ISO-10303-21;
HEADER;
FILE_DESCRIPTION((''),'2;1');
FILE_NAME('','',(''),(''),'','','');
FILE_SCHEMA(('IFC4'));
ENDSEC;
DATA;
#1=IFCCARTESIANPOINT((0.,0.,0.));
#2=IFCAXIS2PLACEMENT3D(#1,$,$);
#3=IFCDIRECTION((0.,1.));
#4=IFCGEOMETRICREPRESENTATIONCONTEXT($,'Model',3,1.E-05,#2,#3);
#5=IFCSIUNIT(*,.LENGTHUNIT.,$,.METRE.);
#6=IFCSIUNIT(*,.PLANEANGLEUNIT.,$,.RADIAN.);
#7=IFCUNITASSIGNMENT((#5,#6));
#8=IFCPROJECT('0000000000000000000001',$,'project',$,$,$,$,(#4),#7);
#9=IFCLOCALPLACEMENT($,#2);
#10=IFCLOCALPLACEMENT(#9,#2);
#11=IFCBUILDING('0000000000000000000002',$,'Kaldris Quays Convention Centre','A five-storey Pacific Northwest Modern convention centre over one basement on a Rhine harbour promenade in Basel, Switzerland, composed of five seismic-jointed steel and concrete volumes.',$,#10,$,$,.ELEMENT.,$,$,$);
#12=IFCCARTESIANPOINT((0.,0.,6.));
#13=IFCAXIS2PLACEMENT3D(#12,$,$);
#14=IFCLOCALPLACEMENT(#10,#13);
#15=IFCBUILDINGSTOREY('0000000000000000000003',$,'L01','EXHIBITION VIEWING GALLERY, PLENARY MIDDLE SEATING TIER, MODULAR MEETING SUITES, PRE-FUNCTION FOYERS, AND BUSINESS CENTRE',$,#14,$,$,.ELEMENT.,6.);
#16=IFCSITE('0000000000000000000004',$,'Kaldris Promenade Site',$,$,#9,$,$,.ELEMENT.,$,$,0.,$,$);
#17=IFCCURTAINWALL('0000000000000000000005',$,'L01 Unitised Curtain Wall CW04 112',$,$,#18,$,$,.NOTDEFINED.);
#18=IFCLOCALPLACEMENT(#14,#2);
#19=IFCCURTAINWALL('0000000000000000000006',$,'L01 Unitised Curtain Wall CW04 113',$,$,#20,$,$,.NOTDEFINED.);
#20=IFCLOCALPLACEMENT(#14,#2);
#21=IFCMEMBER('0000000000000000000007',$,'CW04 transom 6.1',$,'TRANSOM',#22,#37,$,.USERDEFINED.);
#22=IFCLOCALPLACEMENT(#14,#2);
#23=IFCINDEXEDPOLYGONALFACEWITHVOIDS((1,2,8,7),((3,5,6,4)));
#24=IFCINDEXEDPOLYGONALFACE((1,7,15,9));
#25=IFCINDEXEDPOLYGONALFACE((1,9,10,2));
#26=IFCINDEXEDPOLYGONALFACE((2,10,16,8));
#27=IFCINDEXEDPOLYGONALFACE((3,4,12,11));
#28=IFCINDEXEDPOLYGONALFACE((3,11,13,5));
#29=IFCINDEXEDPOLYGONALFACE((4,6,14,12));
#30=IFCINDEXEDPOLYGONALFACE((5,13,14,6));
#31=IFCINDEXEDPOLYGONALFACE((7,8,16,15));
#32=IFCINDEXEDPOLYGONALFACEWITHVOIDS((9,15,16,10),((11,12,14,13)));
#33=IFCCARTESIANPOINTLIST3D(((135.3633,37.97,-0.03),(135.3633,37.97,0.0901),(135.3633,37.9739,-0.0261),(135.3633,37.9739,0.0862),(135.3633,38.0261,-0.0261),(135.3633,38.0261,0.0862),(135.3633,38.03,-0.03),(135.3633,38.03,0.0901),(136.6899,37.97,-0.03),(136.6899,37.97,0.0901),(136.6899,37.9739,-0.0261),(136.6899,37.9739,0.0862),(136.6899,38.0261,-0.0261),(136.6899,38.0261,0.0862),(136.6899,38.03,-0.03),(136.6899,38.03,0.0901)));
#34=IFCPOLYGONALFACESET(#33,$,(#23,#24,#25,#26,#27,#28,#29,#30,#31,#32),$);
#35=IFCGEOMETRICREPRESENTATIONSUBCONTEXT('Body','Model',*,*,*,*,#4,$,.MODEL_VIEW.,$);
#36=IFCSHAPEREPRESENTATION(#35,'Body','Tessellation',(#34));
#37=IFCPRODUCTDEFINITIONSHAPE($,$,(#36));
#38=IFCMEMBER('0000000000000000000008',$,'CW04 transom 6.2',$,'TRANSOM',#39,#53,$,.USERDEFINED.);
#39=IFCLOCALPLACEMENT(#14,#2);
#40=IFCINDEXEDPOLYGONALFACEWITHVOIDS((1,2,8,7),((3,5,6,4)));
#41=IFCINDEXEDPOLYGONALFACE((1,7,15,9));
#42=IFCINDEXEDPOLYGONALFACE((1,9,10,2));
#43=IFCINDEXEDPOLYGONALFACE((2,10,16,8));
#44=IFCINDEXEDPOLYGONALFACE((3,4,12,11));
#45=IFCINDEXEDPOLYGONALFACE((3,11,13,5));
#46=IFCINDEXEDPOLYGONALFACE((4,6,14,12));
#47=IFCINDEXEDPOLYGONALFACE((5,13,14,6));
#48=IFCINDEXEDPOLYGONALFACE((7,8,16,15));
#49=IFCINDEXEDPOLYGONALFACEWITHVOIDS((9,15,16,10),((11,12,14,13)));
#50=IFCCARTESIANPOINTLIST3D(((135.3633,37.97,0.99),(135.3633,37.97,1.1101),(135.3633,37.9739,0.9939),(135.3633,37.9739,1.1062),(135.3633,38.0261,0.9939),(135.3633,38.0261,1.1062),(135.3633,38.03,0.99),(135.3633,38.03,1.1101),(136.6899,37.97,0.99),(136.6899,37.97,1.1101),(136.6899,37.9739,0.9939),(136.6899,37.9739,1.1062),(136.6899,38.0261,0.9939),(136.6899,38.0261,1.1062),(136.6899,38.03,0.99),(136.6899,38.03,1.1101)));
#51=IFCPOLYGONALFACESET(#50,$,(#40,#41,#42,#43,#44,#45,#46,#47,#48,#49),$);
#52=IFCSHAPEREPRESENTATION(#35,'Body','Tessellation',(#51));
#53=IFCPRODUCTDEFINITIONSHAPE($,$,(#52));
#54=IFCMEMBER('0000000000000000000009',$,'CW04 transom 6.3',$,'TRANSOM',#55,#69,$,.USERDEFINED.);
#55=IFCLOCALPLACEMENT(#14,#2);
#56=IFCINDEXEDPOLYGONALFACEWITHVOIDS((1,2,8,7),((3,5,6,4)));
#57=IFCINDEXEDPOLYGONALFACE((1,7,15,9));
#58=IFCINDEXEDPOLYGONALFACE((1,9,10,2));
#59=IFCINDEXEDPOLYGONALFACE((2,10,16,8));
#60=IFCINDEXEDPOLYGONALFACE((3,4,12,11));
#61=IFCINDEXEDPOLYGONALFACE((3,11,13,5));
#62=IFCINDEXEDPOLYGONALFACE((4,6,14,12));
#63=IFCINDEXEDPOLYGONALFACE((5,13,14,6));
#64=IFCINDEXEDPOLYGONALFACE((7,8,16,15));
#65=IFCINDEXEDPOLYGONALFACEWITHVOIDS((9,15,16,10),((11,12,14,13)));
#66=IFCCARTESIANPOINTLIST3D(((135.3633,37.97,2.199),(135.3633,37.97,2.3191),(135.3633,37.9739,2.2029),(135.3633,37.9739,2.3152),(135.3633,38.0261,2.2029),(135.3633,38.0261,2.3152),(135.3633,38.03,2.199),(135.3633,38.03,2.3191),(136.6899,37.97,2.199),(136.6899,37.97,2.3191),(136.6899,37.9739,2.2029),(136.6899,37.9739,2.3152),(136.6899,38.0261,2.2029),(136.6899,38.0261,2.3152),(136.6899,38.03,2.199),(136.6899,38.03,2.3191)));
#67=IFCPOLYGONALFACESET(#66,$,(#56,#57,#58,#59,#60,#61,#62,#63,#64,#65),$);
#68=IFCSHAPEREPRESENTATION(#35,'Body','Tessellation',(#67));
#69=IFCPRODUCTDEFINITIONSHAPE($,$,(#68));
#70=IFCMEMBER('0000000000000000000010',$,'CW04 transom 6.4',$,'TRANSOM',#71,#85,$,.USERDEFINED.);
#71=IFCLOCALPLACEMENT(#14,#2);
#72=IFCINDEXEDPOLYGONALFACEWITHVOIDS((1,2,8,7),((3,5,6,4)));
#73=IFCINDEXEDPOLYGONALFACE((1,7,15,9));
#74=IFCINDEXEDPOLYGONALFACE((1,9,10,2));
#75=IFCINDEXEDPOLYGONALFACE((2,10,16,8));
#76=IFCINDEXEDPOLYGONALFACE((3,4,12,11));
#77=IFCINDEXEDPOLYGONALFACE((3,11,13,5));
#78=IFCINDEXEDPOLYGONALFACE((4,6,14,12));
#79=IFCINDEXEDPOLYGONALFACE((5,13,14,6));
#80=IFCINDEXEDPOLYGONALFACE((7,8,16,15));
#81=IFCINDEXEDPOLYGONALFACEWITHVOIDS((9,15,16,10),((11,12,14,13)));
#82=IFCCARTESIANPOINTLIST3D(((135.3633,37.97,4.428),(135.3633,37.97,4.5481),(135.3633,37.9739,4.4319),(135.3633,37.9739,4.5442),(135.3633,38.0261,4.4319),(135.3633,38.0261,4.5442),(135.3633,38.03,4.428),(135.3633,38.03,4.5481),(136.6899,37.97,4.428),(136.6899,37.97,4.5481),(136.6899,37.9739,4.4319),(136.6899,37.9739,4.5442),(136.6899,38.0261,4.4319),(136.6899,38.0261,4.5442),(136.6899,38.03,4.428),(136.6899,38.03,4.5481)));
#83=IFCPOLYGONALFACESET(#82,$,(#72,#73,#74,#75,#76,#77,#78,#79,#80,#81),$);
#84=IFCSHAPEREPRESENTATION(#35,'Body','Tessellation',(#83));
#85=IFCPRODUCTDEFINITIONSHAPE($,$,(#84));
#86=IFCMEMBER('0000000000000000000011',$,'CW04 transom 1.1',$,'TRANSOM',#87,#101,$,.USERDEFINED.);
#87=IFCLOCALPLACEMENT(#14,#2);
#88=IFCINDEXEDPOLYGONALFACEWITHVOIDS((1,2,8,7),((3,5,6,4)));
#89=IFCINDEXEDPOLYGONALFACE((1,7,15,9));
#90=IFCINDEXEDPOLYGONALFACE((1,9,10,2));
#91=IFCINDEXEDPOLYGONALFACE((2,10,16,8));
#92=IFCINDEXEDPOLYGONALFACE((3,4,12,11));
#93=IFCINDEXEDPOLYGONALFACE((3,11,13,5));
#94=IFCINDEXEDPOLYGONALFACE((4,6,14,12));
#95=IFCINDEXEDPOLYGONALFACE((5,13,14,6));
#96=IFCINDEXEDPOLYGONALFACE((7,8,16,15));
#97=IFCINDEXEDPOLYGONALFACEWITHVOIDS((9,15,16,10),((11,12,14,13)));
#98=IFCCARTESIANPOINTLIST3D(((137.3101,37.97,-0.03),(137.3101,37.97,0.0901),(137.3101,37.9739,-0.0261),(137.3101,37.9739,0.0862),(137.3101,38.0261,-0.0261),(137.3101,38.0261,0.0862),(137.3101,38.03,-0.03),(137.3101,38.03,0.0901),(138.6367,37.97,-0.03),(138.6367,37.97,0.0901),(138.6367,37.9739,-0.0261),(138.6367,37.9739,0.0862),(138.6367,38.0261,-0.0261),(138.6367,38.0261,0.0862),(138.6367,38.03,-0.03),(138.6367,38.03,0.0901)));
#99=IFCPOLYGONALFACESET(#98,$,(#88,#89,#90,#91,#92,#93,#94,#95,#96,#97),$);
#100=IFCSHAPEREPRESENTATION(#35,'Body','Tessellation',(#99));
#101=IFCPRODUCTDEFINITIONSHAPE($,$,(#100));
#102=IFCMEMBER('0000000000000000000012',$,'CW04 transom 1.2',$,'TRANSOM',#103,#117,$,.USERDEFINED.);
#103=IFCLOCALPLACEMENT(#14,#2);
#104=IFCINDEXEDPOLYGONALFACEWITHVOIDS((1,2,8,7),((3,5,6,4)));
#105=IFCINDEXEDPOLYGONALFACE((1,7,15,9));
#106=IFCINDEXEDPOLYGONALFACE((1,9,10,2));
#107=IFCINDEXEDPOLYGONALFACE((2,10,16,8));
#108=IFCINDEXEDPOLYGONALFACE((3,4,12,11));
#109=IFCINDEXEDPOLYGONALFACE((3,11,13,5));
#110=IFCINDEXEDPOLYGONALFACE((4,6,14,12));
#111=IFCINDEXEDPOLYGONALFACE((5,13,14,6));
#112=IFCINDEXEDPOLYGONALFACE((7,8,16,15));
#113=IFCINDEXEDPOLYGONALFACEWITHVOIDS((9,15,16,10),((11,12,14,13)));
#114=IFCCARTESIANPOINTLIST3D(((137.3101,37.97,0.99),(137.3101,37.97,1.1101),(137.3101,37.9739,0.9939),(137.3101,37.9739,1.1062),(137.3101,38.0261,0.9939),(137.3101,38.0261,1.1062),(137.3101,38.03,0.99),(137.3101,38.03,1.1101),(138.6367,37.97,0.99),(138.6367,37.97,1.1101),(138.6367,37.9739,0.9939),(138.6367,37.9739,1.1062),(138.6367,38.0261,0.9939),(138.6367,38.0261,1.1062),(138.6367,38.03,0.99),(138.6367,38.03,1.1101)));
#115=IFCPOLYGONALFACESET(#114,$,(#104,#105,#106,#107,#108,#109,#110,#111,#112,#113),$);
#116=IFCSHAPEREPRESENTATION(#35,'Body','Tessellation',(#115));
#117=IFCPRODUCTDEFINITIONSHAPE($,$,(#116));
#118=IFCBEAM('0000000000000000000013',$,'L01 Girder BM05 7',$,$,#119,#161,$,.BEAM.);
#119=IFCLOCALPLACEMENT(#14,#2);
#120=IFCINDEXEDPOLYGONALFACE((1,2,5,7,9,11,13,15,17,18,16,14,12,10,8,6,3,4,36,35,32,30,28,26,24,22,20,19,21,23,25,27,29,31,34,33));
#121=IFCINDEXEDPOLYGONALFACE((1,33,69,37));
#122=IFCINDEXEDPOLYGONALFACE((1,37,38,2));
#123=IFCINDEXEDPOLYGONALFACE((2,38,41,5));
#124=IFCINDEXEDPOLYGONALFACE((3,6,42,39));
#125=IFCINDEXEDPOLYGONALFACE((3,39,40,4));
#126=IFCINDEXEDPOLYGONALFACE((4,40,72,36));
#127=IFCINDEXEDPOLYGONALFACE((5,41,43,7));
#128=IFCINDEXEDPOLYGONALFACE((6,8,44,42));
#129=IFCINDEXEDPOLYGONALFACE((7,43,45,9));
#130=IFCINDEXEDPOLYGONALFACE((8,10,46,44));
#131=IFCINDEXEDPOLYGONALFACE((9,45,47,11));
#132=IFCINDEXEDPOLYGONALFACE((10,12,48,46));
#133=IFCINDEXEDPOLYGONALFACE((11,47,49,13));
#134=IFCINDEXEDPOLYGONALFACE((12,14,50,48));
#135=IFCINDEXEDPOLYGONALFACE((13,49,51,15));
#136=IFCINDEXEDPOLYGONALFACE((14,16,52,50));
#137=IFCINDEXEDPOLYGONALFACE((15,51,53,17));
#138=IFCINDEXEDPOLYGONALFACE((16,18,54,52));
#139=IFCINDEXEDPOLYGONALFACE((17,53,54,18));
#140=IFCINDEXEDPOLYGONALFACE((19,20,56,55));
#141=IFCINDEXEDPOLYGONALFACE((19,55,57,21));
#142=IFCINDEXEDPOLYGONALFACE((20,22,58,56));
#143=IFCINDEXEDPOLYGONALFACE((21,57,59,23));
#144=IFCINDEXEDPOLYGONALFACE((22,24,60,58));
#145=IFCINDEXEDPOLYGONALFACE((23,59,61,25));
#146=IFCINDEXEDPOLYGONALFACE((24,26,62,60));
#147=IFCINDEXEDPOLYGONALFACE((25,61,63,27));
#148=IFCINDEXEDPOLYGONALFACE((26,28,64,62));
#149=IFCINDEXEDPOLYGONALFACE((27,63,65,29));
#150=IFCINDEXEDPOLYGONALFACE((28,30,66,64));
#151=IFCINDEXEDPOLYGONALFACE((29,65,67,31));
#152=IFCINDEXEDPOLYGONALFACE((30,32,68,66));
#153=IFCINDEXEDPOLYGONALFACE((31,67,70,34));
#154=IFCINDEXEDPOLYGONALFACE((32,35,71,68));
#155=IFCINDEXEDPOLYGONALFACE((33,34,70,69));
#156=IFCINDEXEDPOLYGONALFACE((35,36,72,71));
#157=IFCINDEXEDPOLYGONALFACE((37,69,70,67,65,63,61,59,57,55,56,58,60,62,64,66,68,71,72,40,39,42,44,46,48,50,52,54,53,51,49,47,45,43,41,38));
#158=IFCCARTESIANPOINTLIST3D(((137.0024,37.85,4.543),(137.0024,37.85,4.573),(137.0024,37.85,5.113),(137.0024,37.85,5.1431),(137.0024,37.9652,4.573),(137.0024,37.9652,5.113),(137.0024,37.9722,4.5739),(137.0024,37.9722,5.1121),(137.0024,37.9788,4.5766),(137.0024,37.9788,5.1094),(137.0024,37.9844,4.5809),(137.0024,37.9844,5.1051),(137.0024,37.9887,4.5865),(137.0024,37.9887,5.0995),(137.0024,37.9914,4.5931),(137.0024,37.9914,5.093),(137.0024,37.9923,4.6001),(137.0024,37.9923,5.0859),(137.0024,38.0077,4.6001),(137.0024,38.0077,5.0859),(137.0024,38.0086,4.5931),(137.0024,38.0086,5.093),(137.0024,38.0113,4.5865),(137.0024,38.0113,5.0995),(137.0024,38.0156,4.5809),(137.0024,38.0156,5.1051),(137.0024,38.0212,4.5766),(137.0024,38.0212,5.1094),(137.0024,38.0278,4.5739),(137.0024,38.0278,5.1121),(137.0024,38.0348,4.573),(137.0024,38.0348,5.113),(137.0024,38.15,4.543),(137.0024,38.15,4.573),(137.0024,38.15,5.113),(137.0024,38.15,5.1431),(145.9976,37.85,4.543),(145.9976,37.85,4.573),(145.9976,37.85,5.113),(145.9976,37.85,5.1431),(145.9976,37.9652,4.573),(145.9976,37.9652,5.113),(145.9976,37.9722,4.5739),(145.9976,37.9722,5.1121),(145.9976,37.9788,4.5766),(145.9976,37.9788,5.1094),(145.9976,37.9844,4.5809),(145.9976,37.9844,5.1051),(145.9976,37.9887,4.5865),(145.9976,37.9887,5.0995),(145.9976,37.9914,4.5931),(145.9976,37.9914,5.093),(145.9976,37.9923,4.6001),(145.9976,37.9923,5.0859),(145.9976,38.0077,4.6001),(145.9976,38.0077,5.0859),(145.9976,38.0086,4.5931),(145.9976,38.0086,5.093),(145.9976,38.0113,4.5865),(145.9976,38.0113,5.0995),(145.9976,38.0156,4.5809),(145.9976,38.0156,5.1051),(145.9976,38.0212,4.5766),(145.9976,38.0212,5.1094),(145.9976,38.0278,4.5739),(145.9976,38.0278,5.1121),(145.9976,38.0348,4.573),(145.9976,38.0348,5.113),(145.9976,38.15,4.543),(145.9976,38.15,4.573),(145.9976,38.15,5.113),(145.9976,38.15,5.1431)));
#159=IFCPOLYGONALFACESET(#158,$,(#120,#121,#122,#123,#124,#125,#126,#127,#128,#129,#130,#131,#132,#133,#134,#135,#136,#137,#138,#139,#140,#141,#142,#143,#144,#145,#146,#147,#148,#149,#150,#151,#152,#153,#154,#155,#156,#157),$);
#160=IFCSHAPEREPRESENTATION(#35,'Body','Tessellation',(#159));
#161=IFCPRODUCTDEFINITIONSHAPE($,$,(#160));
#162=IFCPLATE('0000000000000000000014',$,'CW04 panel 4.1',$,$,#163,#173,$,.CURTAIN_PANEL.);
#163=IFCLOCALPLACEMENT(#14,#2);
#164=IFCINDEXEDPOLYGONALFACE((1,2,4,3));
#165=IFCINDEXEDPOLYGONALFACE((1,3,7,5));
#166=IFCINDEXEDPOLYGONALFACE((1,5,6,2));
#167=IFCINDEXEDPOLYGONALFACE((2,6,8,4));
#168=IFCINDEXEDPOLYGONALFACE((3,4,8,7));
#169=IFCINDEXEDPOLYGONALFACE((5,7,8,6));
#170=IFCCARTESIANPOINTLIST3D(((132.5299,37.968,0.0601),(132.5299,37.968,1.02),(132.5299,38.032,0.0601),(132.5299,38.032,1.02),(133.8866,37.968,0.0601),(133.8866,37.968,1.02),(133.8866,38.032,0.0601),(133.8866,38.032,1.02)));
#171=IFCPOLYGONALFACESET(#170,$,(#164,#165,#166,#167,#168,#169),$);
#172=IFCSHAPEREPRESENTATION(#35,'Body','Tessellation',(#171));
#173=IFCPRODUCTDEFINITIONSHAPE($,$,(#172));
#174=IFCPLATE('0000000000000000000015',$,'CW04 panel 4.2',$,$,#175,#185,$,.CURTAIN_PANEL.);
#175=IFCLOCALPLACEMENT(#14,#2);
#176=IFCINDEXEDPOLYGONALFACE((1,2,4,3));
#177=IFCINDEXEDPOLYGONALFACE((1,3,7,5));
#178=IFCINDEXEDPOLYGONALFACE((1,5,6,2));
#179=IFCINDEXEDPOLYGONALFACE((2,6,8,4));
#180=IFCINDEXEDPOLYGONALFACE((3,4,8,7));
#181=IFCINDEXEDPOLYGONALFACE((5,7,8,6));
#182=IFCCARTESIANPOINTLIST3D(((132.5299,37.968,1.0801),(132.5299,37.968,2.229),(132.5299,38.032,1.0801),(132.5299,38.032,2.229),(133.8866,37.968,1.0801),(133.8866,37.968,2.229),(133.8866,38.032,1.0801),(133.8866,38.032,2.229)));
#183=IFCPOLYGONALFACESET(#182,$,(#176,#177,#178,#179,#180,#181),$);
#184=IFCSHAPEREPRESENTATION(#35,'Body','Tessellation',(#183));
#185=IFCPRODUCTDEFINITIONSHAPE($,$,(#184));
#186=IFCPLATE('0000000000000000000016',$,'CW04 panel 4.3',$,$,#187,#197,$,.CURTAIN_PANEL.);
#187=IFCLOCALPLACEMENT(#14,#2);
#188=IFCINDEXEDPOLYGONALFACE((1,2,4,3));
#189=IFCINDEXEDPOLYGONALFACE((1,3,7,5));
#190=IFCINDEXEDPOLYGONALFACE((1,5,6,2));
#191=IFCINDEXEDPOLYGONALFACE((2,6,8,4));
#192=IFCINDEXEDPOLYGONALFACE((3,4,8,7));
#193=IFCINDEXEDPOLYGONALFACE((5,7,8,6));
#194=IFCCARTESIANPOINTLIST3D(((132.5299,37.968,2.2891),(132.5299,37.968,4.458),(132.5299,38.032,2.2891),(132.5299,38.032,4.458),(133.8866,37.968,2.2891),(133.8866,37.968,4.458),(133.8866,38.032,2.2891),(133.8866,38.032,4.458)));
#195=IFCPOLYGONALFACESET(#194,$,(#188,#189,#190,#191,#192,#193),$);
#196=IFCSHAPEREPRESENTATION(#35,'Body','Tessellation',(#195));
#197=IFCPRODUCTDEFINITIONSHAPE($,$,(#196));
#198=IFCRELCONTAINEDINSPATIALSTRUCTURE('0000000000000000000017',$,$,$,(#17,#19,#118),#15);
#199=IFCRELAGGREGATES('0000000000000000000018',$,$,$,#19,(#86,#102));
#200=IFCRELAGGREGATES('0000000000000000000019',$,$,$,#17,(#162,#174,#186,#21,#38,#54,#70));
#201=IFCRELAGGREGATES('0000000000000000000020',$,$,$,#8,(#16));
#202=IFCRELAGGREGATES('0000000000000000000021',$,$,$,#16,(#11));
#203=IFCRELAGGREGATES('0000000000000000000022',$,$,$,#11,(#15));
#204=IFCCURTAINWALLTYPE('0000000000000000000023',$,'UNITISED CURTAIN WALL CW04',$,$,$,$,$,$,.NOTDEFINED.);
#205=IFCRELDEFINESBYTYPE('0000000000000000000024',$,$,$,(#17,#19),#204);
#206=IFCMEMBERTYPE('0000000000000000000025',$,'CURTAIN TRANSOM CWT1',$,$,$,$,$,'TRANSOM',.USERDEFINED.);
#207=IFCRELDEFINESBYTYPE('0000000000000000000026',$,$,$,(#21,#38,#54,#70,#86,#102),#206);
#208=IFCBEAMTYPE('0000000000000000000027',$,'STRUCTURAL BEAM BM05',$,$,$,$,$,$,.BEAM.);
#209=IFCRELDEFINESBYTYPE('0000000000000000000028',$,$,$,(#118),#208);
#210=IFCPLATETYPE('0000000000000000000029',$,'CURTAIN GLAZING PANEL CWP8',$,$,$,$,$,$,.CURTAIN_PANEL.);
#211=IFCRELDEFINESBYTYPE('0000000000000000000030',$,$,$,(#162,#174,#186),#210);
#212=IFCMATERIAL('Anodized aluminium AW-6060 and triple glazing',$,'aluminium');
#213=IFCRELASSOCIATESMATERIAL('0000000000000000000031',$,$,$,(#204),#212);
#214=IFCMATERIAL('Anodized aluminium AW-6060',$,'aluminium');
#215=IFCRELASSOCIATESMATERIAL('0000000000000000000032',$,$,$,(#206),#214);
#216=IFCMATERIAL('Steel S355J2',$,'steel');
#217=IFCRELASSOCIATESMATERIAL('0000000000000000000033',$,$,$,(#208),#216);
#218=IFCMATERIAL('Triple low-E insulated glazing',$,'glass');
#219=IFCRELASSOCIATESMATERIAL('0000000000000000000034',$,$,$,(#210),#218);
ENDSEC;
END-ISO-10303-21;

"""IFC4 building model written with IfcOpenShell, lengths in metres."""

from ifc_helpers import new_model, si_unit, direction, frame, origin, origin_2d, place, context, subcontext, project, spatial, rectangle, hollow_rectangle, i_section, extrude, material, material_profile, profile_set, type_object, element, aggregate, save


model = new_model("IFC4")

# Units and contexts
model_context = context("Model", 3, precision=1e-05, world=origin(), true_north=direction((0.0, 1.0)))
body_context = subcontext(model_context, "Body", "Model", "MODEL_VIEW")
ifc_project = project(units=[si_unit("LENGTHUNIT", "METRE"), si_unit("PLANEANGLEUNIT", "RADIAN")], contexts=[model_context])

# Site, building, storey
site_placement = place(None, origin())
site = spatial("IfcSite", under=ifc_project, at=site_placement, Name="Kaldris Promenade Site", CompositionType="ELEMENT", RefElevation=0.0)
building_placement = place(site_placement, origin())
building = spatial("IfcBuilding", under=site, at=building_placement, Name="Kaldris Quays Convention Centre", Description="A five-storey Pacific Northwest Modern convention centre over one basement on a Rhine harbour promenade in Basel, Switzerland, composed of five seismic-jointed steel and concrete volumes.", CompositionType="ELEMENT")
storey_placement = place(building_placement, frame((0.0, 0.0, 6.0)))
storey = spatial("IfcBuildingStorey", under=building, at=storey_placement, Name="L01", Description="EXHIBITION VIEWING GALLERY, PLENARY MIDDLE SEATING TIER, MODULAR MEETING SUITES, PRE-FUNCTION FOYERS, AND BUSINESS CENTRE", CompositionType="ELEMENT", Elevation=6.0)

# Shared definitions
ifc_material_1 = material(Name="Steel S355J2", Category="steel")

# Curtain wall
ifc_material_2 = material(Name="Anodized aluminium AW-6060 and triple glazing", Category="aluminium")
curtain_wall_type = type_object("IfcCurtainWallType", Name="UNITISED CURTAIN WALL CW04", PredefinedType="NOTDEFINED", material=ifc_material_2)
curtain_wall_1_placement = place(storey_placement, origin())
curtain_wall_1 = element("IfcCurtainWall", 1, at=curtain_wall_1_placement, inside=storey, type_object=curtain_wall_type, Name="L01 Unitised Curtain Wall CW04 112", PredefinedType="NOTDEFINED")
ifc_material_3 = material(Name="Anodized aluminium AW-6060", Category="aluminium")

# Curtain wall
curtain_wall_2_placement = place(storey_placement, origin())
curtain_wall_2 = element("IfcCurtainWall", 2, at=curtain_wall_2_placement, inside=storey, type_object=curtain_wall_type, Name="L01 Unitised Curtain Wall CW04 113", PredefinedType="NOTDEFINED")

# Members
ifc_material_profile_1 = material_profile(ifc_material_3, hollow_rectangle(XDim=0.0601, YDim=0.1201, WallThickness=0.0039, at=origin_2d()), Name="RHS 120x60x4")
ifc_profile_set_1 = profile_set([ifc_material_profile_1], Name="Anodized aluminium AW-6060")
member_type_1 = type_object("IfcMemberType", Name="CURTAIN TRANSOM CWT1", ElementType="TRANSOM", PredefinedType="USERDEFINED", material=ifc_profile_set_1)
member_1_placement = place(storey_placement, frame((135.3633, 38.0, 0.03), z_axis=(1.0, 0.0, 0.0), x_axis=(0.0, 1.0, 0.0)))
member_1 = element("IfcMember", 3, at=member_1_placement, type_object=member_type_1, Name="CW04 transom 6.1", ObjectType="TRANSOM", PredefinedType="USERDEFINED", context=body_context, shape_type="SweptSolid", body=[
    extrude(hollow_rectangle(XDim=0.0601, YDim=0.1201, WallThickness=0.0039, at=origin_2d()), origin(), (0.0, 0.0, 1.0), 1.3267),
])
member_2_placement = place(storey_placement, frame((135.3633, 38.0, 1.05), z_axis=(1.0, 0.0, 0.0), x_axis=(0.0, 1.0, 0.0)))
member_2 = element("IfcMember", 4, at=member_2_placement, type_object=member_type_1, Name="CW04 transom 6.2", ObjectType="TRANSOM", PredefinedType="USERDEFINED", context=body_context, shape_type="SweptSolid", body=[
    extrude(hollow_rectangle(XDim=0.0601, YDim=0.1201, WallThickness=0.0039, at=origin_2d()), origin(), (0.0, 0.0, 1.0), 1.3267),
])
member_3_placement = place(storey_placement, frame((135.3633, 38.0, 2.259), z_axis=(1.0, 0.0, 0.0), x_axis=(0.0, 1.0, 0.0)))
member_3 = element("IfcMember", 5, at=member_3_placement, type_object=member_type_1, Name="CW04 transom 6.3", ObjectType="TRANSOM", PredefinedType="USERDEFINED", context=body_context, shape_type="SweptSolid", body=[
    extrude(hollow_rectangle(XDim=0.0601, YDim=0.1201, WallThickness=0.0039, at=origin_2d()), origin(), (0.0, 0.0, 1.0), 1.3267),
])
member_4_placement = place(storey_placement, frame((135.3633, 38.0, 4.488), z_axis=(1.0, 0.0, 0.0), x_axis=(0.0, 1.0, 0.0)))
member_4 = element("IfcMember", 6, at=member_4_placement, type_object=member_type_1, Name="CW04 transom 6.4", ObjectType="TRANSOM", PredefinedType="USERDEFINED", context=body_context, shape_type="SweptSolid", body=[
    extrude(hollow_rectangle(XDim=0.0601, YDim=0.1201, WallThickness=0.0039, at=origin_2d()), origin(), (0.0, 0.0, 1.0), 1.3267),
])
member_5_placement = place(storey_placement, frame((137.3101, 38.0, 0.03), z_axis=(1.0, 0.0, 0.0), x_axis=(0.0, 1.0, 0.0)))
member_5 = element("IfcMember", 7, at=member_5_placement, type_object=member_type_1, Name="CW04 transom 1.1", ObjectType="TRANSOM", PredefinedType="USERDEFINED", context=body_context, shape_type="SweptSolid", body=[
    extrude(hollow_rectangle(XDim=0.0601, YDim=0.1201, WallThickness=0.0039, at=origin_2d()), origin(), (0.0, 0.0, 1.0), 1.3267),
])
member_6_placement = place(storey_placement, frame((137.3101, 38.0, 1.05), z_axis=(1.0, 0.0, 0.0), x_axis=(0.0, 1.0, 0.0)))
member_6 = element("IfcMember", 8, at=member_6_placement, type_object=member_type_1, Name="CW04 transom 1.2", ObjectType="TRANSOM", PredefinedType="USERDEFINED", context=body_context, shape_type="SweptSolid", body=[
    extrude(hollow_rectangle(XDim=0.0601, YDim=0.1201, WallThickness=0.0039, at=origin_2d()), origin(), (0.0, 0.0, 1.0), 1.3267),
])
aggregate(curtain_wall_2, [member_5, member_6])

# Beam
ifc_material_profile_2 = material_profile(ifc_material_1, i_section(OverallWidth=0.3, OverallDepth=0.6001, WebThickness=0.0154, FlangeThickness=0.03, FilletRadius=0.0271, at=origin_2d()), Name="HEB 600")
ifc_profile_set_2 = profile_set([ifc_material_profile_2], Name="Steel S355J2")
beam_type = type_object("IfcBeamType", Name="STRUCTURAL BEAM BM05", PredefinedType="BEAM", material=ifc_profile_set_2)
beam_placement = place(storey_placement, frame((137.0024, 38.0, 4.843), z_axis=(1.0, 0.0, 0.0), x_axis=(0.0, 1.0, 0.0)))
element("IfcBeam", 9, at=beam_placement, inside=storey, type_object=beam_type, Name="L01 Girder BM05 7", PredefinedType="BEAM", context=body_context, shape_type="SweptSolid", body=[
    extrude(i_section(OverallWidth=0.3, OverallDepth=0.6001, WebThickness=0.0154, FlangeThickness=0.03, FilletRadius=0.0271, at=origin_2d()), origin(), (0.0, 0.0, 1.0), 8.9951),
])

# Plates
ifc_material_4 = material(Name="Triple low-E insulated glazing", Category="glass")
plate_type = type_object("IfcPlateType", Name="CURTAIN GLAZING PANEL CWP8", PredefinedType="CURTAIN_PANEL", material=ifc_material_4)
plate_1_placement = place(storey_placement, frame((133.2083, 38.0, 0.0601), z_axis=(0.0, 0.0, 1.0), x_axis=(1.0, 0.0, 0.0)))
plate_1 = element("IfcPlate", 10, at=plate_1_placement, type_object=plate_type, Name="CW04 panel 4.1", PredefinedType="CURTAIN_PANEL", context=body_context, shape_type="SweptSolid", body=[
    extrude(rectangle(XDim=1.3567, YDim=0.064, at=origin_2d()), origin(), (0.0, 0.0, 1.0), 0.96),
])
plate_2_placement = place(storey_placement, frame((133.2083, 38.0, 1.0801), z_axis=(0.0, 0.0, 1.0), x_axis=(1.0, 0.0, 0.0)))
plate_2 = element("IfcPlate", 11, at=plate_2_placement, type_object=plate_type, Name="CW04 panel 4.2", PredefinedType="CURTAIN_PANEL", context=body_context, shape_type="SweptSolid", body=[
    extrude(rectangle(XDim=1.3567, YDim=0.064, at=origin_2d()), origin(), (0.0, 0.0, 1.0), 1.1489),
])
plate_3_placement = place(storey_placement, frame((133.2083, 38.0, 2.2891), z_axis=(0.0, 0.0, 1.0), x_axis=(1.0, 0.0, 0.0)))
plate_3 = element("IfcPlate", 12, at=plate_3_placement, type_object=plate_type, Name="CW04 panel 4.3", PredefinedType="CURTAIN_PANEL", context=body_context, shape_type="SweptSolid", body=[
    extrude(rectangle(XDim=1.3567, YDim=0.064, at=origin_2d()), origin(), (0.0, 0.0, 1.0), 2.1689),
])
aggregate(curtain_wall_1, [plate_1, plate_2, plate_3, member_1, member_2, member_3, member_4])

save(model, "model.ifc")
